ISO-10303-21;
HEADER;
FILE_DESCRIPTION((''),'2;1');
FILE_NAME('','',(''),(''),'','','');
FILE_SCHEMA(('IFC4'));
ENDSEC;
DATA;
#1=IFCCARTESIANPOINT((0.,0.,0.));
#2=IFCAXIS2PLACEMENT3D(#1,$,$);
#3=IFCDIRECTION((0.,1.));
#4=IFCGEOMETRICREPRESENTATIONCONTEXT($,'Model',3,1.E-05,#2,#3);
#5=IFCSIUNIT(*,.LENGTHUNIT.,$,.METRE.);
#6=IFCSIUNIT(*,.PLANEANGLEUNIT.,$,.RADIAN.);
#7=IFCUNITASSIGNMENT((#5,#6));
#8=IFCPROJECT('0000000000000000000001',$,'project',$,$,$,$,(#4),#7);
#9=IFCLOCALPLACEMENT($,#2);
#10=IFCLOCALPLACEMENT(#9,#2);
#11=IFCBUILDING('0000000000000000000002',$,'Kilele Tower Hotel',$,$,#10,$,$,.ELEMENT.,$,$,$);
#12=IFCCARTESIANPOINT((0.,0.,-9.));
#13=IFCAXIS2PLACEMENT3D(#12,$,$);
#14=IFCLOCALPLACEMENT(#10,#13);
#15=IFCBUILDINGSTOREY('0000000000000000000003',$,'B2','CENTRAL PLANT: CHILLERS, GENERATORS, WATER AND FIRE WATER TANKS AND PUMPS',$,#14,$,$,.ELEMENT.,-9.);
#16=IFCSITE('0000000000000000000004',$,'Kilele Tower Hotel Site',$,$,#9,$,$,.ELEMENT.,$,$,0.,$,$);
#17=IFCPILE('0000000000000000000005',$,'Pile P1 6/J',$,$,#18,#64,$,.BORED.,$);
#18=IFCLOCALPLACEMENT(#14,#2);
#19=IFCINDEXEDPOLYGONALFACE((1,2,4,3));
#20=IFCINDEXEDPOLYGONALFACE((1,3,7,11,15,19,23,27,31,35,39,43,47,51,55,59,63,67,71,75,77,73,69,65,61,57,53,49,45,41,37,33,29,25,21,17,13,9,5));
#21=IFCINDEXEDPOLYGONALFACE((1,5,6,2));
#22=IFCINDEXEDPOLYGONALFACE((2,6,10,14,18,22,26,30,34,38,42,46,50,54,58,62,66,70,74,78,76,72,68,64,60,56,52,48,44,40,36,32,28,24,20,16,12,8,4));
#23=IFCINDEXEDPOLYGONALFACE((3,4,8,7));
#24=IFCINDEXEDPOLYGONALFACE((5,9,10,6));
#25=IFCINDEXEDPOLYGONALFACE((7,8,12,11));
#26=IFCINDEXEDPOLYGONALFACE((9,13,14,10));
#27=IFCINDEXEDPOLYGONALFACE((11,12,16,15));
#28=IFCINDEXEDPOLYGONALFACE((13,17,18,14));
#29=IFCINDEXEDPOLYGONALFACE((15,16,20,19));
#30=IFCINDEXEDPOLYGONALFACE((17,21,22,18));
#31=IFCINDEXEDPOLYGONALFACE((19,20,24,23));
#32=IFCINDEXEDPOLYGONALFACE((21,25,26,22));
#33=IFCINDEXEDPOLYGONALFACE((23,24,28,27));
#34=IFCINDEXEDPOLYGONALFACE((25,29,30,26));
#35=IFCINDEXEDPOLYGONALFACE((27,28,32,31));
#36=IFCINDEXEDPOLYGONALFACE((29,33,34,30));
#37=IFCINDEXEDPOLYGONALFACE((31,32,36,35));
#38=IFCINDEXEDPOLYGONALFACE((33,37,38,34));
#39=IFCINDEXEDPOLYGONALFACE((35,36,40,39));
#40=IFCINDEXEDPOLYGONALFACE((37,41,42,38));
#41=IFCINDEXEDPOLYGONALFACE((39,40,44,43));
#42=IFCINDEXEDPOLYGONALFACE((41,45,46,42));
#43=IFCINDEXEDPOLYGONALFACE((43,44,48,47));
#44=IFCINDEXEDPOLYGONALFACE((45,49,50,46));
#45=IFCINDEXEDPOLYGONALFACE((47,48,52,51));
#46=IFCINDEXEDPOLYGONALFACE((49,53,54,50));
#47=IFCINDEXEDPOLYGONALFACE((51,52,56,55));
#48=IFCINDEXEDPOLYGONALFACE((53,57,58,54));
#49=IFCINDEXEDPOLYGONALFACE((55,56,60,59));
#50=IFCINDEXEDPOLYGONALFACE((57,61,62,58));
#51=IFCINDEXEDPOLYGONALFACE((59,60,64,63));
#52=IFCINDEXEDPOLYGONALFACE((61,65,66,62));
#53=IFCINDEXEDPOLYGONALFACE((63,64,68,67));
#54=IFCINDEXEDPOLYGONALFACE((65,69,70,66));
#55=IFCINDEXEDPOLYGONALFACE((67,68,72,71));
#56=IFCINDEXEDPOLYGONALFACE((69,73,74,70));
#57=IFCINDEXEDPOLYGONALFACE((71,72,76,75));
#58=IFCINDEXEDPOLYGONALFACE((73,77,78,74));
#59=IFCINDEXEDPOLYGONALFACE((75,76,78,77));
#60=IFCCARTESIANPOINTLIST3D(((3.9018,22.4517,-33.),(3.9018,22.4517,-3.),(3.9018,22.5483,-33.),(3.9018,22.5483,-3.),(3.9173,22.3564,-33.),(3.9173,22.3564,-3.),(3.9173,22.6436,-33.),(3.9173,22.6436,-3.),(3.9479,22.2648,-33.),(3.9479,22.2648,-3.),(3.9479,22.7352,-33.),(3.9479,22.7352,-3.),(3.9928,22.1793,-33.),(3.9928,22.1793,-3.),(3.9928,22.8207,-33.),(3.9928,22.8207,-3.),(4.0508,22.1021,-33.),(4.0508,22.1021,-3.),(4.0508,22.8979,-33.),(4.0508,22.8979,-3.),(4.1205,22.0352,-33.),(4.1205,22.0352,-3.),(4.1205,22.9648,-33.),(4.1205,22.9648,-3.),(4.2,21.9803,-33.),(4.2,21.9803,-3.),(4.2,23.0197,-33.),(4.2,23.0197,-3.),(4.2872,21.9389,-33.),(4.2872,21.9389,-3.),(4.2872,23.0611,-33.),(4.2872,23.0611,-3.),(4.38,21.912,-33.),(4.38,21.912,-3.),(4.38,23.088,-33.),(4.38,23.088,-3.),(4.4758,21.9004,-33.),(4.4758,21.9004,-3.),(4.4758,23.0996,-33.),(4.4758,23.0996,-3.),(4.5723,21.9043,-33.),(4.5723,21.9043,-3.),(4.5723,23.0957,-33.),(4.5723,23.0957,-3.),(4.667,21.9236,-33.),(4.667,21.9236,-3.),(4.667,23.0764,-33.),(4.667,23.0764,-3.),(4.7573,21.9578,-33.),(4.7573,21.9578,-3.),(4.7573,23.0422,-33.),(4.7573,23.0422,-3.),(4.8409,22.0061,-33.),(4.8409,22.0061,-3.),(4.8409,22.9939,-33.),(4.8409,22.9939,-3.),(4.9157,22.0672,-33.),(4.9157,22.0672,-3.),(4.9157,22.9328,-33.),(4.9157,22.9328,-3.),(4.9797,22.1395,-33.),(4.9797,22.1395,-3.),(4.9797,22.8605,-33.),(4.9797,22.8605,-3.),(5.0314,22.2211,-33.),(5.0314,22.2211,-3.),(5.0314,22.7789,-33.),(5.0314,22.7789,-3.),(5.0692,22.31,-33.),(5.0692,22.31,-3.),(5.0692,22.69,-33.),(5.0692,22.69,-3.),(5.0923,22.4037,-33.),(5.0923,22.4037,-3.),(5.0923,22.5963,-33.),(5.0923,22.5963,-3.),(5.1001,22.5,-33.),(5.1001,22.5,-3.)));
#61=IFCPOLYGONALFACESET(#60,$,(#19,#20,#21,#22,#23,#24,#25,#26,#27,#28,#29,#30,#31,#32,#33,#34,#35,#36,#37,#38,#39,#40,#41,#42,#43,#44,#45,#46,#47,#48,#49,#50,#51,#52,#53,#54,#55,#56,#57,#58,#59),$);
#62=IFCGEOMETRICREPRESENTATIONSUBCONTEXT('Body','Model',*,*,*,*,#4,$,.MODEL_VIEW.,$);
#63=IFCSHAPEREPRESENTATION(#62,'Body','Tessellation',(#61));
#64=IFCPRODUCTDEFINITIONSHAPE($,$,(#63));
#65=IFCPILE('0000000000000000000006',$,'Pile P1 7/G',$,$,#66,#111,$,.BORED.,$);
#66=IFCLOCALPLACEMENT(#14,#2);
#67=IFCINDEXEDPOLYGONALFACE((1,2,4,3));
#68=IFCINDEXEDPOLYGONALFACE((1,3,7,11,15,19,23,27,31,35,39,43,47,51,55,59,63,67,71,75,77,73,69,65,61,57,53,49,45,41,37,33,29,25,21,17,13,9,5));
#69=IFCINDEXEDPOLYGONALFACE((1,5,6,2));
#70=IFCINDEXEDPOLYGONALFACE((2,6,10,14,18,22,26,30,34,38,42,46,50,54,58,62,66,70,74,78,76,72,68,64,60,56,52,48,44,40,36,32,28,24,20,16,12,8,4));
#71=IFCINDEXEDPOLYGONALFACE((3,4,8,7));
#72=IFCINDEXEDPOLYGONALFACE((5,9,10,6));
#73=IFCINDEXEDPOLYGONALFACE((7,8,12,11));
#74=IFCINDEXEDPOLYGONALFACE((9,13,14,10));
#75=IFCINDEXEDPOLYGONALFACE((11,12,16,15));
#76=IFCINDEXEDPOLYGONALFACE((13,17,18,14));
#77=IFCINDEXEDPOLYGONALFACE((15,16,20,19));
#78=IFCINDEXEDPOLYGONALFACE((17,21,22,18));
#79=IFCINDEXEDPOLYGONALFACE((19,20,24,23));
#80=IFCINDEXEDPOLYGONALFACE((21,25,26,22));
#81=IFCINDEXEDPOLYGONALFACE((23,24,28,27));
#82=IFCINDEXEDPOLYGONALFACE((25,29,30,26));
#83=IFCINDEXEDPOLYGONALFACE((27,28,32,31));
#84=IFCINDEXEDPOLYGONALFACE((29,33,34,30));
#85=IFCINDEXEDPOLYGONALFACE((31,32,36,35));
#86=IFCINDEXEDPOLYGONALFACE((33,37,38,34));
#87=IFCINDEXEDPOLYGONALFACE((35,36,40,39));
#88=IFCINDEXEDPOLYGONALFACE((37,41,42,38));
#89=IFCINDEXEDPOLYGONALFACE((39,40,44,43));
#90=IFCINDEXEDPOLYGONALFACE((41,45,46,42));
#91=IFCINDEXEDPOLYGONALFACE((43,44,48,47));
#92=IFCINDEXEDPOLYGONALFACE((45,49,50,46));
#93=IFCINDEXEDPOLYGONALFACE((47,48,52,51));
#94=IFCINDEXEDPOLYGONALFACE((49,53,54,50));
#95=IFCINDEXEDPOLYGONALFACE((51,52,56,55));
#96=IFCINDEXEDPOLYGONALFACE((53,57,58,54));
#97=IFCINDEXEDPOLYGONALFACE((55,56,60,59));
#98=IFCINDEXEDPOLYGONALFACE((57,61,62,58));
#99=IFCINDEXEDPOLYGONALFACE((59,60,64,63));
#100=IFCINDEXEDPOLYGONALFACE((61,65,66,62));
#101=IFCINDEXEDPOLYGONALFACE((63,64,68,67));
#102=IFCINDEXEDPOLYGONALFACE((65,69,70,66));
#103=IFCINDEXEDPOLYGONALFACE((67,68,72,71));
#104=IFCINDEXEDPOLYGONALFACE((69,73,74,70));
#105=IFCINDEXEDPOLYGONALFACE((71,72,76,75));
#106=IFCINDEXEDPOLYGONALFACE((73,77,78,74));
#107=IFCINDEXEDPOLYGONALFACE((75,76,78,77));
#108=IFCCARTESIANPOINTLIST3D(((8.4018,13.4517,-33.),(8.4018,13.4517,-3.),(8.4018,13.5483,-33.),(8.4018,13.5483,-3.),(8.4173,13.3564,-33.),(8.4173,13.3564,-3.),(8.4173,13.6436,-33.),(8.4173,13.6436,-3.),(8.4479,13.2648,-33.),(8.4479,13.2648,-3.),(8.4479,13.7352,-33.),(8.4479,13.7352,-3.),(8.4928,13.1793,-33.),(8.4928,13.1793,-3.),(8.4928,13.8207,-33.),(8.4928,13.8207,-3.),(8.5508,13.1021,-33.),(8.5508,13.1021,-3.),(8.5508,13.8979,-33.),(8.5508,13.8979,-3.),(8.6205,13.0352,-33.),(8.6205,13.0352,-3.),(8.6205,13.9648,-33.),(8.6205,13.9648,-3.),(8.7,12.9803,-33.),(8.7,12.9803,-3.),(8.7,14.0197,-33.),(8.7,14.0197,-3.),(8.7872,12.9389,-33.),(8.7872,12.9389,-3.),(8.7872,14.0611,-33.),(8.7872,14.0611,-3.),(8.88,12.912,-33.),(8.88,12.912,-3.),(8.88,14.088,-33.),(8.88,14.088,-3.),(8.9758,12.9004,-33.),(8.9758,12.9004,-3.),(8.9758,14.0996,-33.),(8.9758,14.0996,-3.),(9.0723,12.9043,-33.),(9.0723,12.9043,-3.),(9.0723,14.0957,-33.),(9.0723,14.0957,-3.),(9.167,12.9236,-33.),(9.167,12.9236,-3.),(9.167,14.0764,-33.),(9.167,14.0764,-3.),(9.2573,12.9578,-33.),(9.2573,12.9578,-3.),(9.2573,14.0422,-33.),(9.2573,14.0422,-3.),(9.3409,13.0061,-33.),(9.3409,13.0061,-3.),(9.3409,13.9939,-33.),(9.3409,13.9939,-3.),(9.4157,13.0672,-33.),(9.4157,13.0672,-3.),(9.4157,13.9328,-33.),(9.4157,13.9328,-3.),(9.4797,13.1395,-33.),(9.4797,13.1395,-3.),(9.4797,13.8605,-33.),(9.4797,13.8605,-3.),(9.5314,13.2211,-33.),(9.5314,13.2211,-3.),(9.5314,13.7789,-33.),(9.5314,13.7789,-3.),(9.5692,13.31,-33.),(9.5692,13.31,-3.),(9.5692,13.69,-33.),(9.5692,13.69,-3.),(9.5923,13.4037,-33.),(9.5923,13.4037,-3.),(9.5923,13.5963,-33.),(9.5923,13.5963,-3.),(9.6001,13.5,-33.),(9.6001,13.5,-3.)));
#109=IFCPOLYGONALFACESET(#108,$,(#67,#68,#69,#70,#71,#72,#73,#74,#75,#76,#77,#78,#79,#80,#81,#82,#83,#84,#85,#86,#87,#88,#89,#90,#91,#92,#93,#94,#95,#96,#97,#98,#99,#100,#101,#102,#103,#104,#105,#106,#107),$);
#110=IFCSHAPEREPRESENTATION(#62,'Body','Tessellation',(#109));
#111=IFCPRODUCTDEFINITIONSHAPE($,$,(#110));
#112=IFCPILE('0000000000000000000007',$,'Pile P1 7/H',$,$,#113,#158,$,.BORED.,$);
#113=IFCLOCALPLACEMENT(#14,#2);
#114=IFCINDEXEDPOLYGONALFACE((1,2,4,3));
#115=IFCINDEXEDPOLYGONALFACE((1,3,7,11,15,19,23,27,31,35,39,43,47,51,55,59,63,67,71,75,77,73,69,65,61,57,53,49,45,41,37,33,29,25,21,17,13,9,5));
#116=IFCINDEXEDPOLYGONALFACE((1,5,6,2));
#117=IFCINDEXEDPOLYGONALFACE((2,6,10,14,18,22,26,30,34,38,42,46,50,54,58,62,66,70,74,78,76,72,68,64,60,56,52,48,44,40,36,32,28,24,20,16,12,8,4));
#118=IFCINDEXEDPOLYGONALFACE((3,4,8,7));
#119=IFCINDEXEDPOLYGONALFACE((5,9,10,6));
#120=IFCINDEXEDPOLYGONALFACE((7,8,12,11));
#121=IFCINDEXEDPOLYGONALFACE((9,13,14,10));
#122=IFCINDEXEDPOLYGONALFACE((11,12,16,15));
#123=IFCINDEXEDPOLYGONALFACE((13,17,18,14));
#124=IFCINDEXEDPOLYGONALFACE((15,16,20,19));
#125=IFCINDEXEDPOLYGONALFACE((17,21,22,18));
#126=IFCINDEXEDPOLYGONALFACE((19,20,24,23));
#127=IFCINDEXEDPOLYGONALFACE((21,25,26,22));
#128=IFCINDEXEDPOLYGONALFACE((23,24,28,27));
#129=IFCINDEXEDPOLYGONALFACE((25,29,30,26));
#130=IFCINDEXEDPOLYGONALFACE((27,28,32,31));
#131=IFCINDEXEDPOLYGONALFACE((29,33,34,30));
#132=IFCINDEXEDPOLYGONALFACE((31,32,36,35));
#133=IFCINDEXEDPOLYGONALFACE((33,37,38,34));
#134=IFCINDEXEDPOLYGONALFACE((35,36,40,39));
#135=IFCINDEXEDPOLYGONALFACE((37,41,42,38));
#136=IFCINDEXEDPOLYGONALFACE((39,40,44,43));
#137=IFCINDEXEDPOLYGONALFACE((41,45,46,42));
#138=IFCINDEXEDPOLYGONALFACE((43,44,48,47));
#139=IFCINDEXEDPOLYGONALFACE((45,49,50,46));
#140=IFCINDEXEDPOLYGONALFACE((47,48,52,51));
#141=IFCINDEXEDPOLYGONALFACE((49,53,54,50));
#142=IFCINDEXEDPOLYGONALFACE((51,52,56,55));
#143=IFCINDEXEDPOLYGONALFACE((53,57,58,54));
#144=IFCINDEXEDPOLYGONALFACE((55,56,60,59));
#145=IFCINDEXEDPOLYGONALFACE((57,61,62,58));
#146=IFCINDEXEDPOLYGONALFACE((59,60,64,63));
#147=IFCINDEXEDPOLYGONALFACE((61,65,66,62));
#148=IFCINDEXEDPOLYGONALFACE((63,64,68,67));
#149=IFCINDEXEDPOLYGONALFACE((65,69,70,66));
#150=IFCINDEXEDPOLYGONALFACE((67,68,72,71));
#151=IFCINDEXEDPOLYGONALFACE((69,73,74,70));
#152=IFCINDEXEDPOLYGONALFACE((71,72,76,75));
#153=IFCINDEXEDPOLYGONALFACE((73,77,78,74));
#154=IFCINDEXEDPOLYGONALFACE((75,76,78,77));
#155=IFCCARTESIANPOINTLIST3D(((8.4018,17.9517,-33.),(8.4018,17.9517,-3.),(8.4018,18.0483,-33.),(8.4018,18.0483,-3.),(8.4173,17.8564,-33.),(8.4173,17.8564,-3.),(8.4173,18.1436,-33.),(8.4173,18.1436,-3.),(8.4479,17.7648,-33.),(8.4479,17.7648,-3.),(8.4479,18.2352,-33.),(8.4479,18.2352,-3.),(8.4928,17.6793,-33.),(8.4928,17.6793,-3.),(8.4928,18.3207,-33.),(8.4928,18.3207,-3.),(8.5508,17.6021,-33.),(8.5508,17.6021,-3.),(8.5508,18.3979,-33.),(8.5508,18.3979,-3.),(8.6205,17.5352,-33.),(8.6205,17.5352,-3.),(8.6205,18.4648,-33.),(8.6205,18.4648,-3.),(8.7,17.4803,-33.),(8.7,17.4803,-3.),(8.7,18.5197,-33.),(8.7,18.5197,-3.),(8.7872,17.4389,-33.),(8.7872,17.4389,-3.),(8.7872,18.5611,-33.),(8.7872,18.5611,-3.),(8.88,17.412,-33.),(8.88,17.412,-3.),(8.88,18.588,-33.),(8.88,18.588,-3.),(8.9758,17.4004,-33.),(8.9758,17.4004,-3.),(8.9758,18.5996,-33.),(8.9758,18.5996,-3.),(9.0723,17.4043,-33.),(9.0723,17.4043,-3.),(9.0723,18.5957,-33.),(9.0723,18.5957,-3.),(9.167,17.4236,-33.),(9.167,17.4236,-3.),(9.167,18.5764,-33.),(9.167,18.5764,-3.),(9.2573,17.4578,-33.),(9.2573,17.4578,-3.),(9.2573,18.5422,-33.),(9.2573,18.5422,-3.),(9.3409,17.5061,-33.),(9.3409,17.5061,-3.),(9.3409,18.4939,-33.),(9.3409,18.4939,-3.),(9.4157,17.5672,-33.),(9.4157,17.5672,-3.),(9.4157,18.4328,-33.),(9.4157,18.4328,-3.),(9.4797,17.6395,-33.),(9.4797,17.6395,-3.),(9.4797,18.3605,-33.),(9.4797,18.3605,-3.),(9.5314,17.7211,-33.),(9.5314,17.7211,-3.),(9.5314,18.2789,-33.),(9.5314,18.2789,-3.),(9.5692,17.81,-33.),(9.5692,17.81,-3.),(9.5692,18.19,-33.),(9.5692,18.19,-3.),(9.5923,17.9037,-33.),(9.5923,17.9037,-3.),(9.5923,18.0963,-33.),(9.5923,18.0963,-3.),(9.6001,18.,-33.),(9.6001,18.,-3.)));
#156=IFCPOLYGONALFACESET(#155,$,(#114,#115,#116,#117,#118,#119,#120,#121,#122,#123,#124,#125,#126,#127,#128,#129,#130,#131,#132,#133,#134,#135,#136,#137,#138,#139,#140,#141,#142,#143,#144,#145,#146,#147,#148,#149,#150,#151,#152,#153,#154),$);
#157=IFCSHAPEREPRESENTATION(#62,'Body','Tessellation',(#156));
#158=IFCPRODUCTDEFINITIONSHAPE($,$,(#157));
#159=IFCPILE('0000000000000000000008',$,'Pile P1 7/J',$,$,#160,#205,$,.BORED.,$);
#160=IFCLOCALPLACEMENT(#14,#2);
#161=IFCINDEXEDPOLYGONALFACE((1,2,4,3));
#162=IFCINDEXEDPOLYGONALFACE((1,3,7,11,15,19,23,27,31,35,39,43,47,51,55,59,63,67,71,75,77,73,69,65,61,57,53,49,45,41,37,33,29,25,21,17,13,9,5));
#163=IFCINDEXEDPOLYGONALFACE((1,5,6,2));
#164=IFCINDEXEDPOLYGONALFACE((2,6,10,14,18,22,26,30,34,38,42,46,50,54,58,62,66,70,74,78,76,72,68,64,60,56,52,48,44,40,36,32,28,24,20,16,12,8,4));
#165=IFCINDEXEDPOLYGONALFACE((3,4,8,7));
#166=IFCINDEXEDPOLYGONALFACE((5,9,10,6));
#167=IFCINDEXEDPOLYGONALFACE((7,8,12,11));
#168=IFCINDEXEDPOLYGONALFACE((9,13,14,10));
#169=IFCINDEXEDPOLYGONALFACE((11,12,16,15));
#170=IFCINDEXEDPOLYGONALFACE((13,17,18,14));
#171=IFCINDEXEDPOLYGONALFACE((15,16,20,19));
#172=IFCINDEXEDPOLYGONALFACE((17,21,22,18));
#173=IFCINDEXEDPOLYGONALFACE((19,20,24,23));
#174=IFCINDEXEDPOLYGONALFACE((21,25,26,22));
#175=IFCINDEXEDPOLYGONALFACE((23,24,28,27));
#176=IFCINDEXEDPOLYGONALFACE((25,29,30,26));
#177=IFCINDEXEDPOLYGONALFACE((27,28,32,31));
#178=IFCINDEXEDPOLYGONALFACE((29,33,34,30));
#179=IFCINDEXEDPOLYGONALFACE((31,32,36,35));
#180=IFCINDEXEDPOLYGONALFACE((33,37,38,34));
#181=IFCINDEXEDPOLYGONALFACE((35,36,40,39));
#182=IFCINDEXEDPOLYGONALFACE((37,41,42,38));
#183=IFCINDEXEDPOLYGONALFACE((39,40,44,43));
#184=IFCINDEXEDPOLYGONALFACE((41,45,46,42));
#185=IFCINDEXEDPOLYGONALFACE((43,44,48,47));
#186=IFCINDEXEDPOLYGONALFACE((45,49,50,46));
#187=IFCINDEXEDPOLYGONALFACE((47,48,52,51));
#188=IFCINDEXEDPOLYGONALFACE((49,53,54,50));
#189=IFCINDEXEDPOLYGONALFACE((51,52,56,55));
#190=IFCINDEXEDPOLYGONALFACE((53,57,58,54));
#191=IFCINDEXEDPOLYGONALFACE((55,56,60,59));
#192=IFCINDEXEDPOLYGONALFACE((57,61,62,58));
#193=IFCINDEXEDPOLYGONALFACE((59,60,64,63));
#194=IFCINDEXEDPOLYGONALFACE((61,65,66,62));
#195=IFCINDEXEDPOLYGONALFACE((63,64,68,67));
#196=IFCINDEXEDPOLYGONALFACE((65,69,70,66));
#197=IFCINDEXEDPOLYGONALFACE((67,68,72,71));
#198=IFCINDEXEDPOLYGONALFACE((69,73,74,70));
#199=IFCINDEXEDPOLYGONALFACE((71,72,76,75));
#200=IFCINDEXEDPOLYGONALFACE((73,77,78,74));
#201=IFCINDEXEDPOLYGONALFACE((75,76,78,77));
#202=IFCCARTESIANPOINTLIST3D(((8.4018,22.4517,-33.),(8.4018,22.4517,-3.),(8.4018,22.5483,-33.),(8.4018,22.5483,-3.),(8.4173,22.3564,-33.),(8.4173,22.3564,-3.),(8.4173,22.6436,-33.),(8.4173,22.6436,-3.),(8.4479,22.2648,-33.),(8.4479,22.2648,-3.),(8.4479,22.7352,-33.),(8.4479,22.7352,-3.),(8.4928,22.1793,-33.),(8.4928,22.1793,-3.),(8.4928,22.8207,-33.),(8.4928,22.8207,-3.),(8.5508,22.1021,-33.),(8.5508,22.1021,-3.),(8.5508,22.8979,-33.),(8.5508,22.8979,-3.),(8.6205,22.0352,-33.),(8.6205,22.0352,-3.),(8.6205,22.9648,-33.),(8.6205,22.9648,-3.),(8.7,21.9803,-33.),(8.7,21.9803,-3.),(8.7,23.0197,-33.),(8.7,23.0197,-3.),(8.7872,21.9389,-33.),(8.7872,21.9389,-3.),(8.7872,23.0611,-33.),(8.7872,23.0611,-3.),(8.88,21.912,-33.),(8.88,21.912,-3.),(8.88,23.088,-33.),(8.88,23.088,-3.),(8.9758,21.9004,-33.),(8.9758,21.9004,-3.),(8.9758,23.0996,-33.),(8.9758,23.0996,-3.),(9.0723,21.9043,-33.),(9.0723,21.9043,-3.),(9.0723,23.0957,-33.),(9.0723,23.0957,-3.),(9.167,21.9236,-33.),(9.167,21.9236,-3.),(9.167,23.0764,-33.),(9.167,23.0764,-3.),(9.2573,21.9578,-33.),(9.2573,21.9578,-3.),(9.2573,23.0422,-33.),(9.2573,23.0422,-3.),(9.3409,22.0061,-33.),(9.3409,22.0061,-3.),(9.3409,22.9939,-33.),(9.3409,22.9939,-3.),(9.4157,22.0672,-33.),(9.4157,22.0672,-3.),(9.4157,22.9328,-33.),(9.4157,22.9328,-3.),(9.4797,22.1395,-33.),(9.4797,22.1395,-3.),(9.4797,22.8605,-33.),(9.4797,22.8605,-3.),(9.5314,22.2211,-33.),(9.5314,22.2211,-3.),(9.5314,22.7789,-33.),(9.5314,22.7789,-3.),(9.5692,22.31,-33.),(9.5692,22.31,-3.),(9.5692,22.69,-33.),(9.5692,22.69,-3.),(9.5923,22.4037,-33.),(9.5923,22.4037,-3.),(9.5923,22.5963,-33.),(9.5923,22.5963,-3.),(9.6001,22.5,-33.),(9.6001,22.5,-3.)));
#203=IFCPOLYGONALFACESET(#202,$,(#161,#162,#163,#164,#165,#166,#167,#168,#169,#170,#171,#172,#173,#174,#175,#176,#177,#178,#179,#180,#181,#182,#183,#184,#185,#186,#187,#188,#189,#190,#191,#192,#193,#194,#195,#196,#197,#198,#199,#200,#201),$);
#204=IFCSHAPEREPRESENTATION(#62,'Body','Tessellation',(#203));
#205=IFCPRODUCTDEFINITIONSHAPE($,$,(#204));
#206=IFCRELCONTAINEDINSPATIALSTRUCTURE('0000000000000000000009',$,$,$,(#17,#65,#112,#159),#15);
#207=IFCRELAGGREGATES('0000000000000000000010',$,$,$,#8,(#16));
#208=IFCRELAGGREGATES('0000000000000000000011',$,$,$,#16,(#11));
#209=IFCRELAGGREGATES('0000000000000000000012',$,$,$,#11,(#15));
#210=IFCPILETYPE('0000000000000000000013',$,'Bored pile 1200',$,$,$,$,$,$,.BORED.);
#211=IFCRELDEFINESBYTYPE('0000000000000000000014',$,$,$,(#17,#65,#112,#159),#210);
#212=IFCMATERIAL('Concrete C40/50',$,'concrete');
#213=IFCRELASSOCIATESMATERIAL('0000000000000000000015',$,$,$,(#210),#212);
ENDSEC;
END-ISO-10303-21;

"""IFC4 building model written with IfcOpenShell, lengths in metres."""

from ifc_helpers import new_model, si_unit, direction, frame, origin, origin_2d, place, context, subcontext, project, spatial, circle, extrude, material, material_profile, profile_set, type_object, element, save


model = new_model("IFC4")

# Units and contexts
model_context = context("Model", 3, precision=1e-05, world=origin(), true_north=direction((0.0, 1.0)))
body_context = subcontext(model_context, "Body", "Model", "MODEL_VIEW")
ifc_project = project(units=[si_unit("LENGTHUNIT", "METRE"), si_unit("PLANEANGLEUNIT", "RADIAN")], contexts=[model_context])

# Site, building, storey
site_placement = place(None, origin())
site = spatial("IfcSite", under=ifc_project, at=site_placement, Name="Kilele Tower Hotel Site", CompositionType="ELEMENT", RefElevation=0.0)
building_placement = place(site_placement, origin())
building = spatial("IfcBuilding", under=site, at=building_placement, Name="Kilele Tower Hotel", CompositionType="ELEMENT")
storey_placement = place(building_placement, frame((0.0, 0.0, -9.0)))
storey = spatial("IfcBuildingStorey", under=building, at=storey_placement, Name="B2", Description="CENTRAL PLANT: CHILLERS, GENERATORS, WATER AND FIRE WATER TANKS AND PUMPS", CompositionType="ELEMENT", Elevation=-9.0)

# Piles
ifc_material_1 = material(Name="Concrete C40/50", Category="concrete")
ifc_material_profile = material_profile(ifc_material_1, circle(Radius=0.6001, at=origin_2d()))
ifc_profile_set = profile_set([ifc_material_profile], Name="Concrete C40/50")
pile_type = type_object("IfcPileType", Name="Bored pile 1200", PredefinedType="BORED", material=ifc_profile_set)
for number, where, z_axis, x_axis, name in (
    (1, (4.5, 22.5, -3.0), (0.0, 0.0, -1.0), (1.0, 0.0, 0.0), "Pile P1 6/J"),
    (2, (9.0, 13.5, -3.0), (0.0, 0.0, -1.0), (1.0, 0.0, 0.0), "Pile P1 7/G"),
    (3, (9.0, 18.0, -3.0), (0.0, 0.0, -1.0), (1.0, 0.0, 0.0), "Pile P1 7/H"),
    (4, (9.0, 22.5, -3.0), (0.0, 0.0, -1.0), (1.0, 0.0, 0.0), "Pile P1 7/J"),
):
    element("IfcPile", number, at=place(storey_placement, frame(where, z_axis=z_axis, x_axis=x_axis)), inside=storey, type_object=pile_type, Name=name, PredefinedType="BORED", context=body_context, shape_type="SweptSolid", body=[
        extrude(circle(Radius=0.6001, at=origin_2d()), origin(), (0.0, 0.0, 1.0), 30.0),
    ])

save(model, "model.ifc")
